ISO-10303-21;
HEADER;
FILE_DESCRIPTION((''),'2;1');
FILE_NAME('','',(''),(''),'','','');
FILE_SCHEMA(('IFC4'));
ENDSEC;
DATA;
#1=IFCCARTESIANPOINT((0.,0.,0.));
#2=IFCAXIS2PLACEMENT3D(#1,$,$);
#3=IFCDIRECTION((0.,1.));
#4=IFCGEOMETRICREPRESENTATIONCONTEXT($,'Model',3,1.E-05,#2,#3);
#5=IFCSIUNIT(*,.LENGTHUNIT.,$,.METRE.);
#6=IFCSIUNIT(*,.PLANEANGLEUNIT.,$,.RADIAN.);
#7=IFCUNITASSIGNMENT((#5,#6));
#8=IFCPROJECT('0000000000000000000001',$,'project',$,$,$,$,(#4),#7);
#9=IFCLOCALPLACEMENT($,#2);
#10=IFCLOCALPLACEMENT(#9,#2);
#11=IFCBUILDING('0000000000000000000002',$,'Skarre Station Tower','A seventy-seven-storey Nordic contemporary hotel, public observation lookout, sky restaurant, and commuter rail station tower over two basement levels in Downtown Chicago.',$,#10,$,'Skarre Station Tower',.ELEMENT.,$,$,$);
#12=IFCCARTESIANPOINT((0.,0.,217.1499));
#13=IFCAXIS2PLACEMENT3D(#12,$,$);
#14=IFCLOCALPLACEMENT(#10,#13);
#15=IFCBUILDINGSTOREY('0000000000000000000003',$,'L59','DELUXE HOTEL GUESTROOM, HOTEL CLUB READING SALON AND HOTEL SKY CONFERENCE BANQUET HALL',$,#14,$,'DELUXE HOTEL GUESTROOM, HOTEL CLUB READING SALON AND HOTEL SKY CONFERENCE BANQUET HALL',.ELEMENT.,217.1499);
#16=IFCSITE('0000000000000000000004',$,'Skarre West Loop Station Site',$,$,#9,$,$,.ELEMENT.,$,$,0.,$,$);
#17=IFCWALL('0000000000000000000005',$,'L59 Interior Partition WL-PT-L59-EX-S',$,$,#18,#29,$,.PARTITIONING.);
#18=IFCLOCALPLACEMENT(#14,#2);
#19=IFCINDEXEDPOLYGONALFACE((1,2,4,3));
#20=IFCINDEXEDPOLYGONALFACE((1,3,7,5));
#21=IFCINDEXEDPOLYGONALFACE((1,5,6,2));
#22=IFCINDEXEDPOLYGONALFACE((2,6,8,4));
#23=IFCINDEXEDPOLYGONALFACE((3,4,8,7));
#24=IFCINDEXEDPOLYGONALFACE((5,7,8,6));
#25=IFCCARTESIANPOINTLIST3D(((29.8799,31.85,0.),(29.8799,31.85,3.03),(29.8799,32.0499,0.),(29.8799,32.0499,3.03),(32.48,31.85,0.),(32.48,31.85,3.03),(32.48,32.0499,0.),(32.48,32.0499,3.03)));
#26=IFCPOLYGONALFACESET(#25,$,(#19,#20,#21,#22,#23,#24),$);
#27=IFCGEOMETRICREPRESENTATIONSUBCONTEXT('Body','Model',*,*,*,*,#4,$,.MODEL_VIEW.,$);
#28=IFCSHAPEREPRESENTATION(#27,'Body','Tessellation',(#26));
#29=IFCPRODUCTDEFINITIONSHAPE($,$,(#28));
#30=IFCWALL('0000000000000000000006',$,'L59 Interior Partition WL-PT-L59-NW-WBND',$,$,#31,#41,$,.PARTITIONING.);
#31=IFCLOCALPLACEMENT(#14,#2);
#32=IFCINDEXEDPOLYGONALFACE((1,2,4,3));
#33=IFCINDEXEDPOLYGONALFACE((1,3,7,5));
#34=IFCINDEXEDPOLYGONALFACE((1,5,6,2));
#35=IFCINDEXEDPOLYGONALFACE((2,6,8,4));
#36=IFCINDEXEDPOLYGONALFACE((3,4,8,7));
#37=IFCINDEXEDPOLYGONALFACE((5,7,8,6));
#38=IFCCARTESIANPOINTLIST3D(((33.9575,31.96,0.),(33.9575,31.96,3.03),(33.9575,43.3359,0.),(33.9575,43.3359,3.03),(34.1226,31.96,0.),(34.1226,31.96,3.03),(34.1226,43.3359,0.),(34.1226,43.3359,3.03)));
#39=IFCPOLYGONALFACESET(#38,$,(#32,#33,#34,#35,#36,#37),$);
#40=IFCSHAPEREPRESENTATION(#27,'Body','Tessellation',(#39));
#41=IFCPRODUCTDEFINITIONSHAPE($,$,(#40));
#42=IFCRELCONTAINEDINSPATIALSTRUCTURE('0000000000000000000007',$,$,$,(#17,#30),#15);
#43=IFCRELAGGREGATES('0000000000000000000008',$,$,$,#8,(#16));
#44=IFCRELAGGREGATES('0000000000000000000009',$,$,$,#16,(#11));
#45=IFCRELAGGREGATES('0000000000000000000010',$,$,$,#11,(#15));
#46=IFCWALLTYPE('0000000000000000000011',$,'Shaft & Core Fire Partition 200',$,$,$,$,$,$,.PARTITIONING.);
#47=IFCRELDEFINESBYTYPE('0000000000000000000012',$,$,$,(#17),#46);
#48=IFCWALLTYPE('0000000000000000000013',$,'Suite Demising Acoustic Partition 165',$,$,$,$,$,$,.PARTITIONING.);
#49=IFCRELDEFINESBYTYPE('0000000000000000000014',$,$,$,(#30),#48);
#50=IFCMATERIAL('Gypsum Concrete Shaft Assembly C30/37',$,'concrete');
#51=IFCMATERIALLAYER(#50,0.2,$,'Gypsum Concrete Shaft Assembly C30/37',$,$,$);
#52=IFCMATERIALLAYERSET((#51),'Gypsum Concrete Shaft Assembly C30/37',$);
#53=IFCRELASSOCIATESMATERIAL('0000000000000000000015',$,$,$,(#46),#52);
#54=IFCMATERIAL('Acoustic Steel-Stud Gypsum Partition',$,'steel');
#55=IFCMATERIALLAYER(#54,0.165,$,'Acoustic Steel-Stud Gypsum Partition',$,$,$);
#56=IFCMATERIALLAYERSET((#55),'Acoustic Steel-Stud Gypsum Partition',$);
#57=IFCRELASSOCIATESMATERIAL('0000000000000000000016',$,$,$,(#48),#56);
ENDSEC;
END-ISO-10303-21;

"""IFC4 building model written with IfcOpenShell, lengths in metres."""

from ifc_helpers import new_model, si_unit, direction, frame, frame_2d, origin, place, context, subcontext, project, spatial, rectangle, extrude, material, layer, layer_set, type_object, element, save


model = new_model("IFC4")

# Units and contexts
model_context = context("Model", 3, precision=1e-05, world=origin(), true_north=direction((0.0, 1.0)))
body_context = subcontext(model_context, "Body", "Model", "MODEL_VIEW")
ifc_project = project(units=[si_unit("LENGTHUNIT", "METRE"), si_unit("PLANEANGLEUNIT", "RADIAN")], contexts=[model_context])

# Site, building, storey
site_placement = place(None, origin())
site = spatial("IfcSite", under=ifc_project, at=site_placement, Name="Skarre West Loop Station Site", CompositionType="ELEMENT", RefElevation=0.0)
building_placement = place(site_placement, origin())
building = spatial("IfcBuilding", under=site, at=building_placement, Name="Skarre Station Tower", Description="A seventy-seven-storey Nordic contemporary hotel, public observation lookout, sky restaurant, and commuter rail station tower over two basement levels in Downtown Chicago.", LongName="Skarre Station Tower", CompositionType="ELEMENT")
storey_placement = place(building_placement, frame((0.0, 0.0, 217.1499)))
storey = spatial("IfcBuildingStorey", under=building, at=storey_placement, Name="L59", Description="DELUXE HOTEL GUESTROOM, HOTEL CLUB READING SALON AND HOTEL SKY CONFERENCE BANQUET HALL", LongName="DELUXE HOTEL GUESTROOM, HOTEL CLUB READING SALON AND HOTEL SKY CONFERENCE BANQUET HALL", CompositionType="ELEMENT", Elevation=217.1499)

# Shared definitions
ifc_material_1 = material(Name="Acoustic Steel-Stud Gypsum Partition", Category="steel")

# Walls
ifc_material_2 = material(Name="Gypsum Concrete Shaft Assembly C30/37", Category="concrete")
ifc_layer_1 = layer(ifc_material_2, 0.2, Name="Gypsum Concrete Shaft Assembly C30/37")
ifc_layer_set_1 = layer_set([ifc_layer_1], Name="Gypsum Concrete Shaft Assembly C30/37")
wall_type_1 = type_object("IfcWallType", Name="Shaft & Core Fire Partition 200", PredefinedType="PARTITIONING", material=ifc_layer_set_1)
wall_1_placement = place(storey_placement, frame((32.48, 31.95, 0.0), z_axis=(0.0, 0.0, 1.0), x_axis=(-1.0, 0.0, 0.0)))
element("IfcWall", 1, at=wall_1_placement, inside=storey, type_object=wall_type_1, Name="L59 Interior Partition WL-PT-L59-EX-S", PredefinedType="PARTITIONING", context=body_context, shape_type="SweptSolid", body=[
    extrude(rectangle(XDim=2.6001, YDim=0.2, at=frame_2d((1.3, 0.0))), origin(), (0.0, 0.0, 1.0), 3.03),
])
ifc_layer_2 = layer(ifc_material_1, 0.165, Name="Acoustic Steel-Stud Gypsum Partition")
ifc_layer_set_2 = layer_set([ifc_layer_2], Name="Acoustic Steel-Stud Gypsum Partition")
wall_type_2 = type_object("IfcWallType", Name="Suite Demising Acoustic Partition 165", PredefinedType="PARTITIONING", material=ifc_layer_set_2)
wall_2_placement = place(storey_placement, frame((34.04, 31.96, 0.0), z_axis=(0.0, 0.0, 1.0), x_axis=(0.0, 1.0, 0.0)))
element("IfcWall", 2, at=wall_2_placement, inside=storey, type_object=wall_type_2, Name="L59 Interior Partition WL-PT-L59-NW-WBND", PredefinedType="PARTITIONING", context=body_context, shape_type="SweptSolid", body=[
    extrude(rectangle(XDim=11.376, YDim=0.165, at=frame_2d((5.688, 0.0))), origin(), (0.0, 0.0, 1.0), 3.03),
])

save(model, "model.ifc")
